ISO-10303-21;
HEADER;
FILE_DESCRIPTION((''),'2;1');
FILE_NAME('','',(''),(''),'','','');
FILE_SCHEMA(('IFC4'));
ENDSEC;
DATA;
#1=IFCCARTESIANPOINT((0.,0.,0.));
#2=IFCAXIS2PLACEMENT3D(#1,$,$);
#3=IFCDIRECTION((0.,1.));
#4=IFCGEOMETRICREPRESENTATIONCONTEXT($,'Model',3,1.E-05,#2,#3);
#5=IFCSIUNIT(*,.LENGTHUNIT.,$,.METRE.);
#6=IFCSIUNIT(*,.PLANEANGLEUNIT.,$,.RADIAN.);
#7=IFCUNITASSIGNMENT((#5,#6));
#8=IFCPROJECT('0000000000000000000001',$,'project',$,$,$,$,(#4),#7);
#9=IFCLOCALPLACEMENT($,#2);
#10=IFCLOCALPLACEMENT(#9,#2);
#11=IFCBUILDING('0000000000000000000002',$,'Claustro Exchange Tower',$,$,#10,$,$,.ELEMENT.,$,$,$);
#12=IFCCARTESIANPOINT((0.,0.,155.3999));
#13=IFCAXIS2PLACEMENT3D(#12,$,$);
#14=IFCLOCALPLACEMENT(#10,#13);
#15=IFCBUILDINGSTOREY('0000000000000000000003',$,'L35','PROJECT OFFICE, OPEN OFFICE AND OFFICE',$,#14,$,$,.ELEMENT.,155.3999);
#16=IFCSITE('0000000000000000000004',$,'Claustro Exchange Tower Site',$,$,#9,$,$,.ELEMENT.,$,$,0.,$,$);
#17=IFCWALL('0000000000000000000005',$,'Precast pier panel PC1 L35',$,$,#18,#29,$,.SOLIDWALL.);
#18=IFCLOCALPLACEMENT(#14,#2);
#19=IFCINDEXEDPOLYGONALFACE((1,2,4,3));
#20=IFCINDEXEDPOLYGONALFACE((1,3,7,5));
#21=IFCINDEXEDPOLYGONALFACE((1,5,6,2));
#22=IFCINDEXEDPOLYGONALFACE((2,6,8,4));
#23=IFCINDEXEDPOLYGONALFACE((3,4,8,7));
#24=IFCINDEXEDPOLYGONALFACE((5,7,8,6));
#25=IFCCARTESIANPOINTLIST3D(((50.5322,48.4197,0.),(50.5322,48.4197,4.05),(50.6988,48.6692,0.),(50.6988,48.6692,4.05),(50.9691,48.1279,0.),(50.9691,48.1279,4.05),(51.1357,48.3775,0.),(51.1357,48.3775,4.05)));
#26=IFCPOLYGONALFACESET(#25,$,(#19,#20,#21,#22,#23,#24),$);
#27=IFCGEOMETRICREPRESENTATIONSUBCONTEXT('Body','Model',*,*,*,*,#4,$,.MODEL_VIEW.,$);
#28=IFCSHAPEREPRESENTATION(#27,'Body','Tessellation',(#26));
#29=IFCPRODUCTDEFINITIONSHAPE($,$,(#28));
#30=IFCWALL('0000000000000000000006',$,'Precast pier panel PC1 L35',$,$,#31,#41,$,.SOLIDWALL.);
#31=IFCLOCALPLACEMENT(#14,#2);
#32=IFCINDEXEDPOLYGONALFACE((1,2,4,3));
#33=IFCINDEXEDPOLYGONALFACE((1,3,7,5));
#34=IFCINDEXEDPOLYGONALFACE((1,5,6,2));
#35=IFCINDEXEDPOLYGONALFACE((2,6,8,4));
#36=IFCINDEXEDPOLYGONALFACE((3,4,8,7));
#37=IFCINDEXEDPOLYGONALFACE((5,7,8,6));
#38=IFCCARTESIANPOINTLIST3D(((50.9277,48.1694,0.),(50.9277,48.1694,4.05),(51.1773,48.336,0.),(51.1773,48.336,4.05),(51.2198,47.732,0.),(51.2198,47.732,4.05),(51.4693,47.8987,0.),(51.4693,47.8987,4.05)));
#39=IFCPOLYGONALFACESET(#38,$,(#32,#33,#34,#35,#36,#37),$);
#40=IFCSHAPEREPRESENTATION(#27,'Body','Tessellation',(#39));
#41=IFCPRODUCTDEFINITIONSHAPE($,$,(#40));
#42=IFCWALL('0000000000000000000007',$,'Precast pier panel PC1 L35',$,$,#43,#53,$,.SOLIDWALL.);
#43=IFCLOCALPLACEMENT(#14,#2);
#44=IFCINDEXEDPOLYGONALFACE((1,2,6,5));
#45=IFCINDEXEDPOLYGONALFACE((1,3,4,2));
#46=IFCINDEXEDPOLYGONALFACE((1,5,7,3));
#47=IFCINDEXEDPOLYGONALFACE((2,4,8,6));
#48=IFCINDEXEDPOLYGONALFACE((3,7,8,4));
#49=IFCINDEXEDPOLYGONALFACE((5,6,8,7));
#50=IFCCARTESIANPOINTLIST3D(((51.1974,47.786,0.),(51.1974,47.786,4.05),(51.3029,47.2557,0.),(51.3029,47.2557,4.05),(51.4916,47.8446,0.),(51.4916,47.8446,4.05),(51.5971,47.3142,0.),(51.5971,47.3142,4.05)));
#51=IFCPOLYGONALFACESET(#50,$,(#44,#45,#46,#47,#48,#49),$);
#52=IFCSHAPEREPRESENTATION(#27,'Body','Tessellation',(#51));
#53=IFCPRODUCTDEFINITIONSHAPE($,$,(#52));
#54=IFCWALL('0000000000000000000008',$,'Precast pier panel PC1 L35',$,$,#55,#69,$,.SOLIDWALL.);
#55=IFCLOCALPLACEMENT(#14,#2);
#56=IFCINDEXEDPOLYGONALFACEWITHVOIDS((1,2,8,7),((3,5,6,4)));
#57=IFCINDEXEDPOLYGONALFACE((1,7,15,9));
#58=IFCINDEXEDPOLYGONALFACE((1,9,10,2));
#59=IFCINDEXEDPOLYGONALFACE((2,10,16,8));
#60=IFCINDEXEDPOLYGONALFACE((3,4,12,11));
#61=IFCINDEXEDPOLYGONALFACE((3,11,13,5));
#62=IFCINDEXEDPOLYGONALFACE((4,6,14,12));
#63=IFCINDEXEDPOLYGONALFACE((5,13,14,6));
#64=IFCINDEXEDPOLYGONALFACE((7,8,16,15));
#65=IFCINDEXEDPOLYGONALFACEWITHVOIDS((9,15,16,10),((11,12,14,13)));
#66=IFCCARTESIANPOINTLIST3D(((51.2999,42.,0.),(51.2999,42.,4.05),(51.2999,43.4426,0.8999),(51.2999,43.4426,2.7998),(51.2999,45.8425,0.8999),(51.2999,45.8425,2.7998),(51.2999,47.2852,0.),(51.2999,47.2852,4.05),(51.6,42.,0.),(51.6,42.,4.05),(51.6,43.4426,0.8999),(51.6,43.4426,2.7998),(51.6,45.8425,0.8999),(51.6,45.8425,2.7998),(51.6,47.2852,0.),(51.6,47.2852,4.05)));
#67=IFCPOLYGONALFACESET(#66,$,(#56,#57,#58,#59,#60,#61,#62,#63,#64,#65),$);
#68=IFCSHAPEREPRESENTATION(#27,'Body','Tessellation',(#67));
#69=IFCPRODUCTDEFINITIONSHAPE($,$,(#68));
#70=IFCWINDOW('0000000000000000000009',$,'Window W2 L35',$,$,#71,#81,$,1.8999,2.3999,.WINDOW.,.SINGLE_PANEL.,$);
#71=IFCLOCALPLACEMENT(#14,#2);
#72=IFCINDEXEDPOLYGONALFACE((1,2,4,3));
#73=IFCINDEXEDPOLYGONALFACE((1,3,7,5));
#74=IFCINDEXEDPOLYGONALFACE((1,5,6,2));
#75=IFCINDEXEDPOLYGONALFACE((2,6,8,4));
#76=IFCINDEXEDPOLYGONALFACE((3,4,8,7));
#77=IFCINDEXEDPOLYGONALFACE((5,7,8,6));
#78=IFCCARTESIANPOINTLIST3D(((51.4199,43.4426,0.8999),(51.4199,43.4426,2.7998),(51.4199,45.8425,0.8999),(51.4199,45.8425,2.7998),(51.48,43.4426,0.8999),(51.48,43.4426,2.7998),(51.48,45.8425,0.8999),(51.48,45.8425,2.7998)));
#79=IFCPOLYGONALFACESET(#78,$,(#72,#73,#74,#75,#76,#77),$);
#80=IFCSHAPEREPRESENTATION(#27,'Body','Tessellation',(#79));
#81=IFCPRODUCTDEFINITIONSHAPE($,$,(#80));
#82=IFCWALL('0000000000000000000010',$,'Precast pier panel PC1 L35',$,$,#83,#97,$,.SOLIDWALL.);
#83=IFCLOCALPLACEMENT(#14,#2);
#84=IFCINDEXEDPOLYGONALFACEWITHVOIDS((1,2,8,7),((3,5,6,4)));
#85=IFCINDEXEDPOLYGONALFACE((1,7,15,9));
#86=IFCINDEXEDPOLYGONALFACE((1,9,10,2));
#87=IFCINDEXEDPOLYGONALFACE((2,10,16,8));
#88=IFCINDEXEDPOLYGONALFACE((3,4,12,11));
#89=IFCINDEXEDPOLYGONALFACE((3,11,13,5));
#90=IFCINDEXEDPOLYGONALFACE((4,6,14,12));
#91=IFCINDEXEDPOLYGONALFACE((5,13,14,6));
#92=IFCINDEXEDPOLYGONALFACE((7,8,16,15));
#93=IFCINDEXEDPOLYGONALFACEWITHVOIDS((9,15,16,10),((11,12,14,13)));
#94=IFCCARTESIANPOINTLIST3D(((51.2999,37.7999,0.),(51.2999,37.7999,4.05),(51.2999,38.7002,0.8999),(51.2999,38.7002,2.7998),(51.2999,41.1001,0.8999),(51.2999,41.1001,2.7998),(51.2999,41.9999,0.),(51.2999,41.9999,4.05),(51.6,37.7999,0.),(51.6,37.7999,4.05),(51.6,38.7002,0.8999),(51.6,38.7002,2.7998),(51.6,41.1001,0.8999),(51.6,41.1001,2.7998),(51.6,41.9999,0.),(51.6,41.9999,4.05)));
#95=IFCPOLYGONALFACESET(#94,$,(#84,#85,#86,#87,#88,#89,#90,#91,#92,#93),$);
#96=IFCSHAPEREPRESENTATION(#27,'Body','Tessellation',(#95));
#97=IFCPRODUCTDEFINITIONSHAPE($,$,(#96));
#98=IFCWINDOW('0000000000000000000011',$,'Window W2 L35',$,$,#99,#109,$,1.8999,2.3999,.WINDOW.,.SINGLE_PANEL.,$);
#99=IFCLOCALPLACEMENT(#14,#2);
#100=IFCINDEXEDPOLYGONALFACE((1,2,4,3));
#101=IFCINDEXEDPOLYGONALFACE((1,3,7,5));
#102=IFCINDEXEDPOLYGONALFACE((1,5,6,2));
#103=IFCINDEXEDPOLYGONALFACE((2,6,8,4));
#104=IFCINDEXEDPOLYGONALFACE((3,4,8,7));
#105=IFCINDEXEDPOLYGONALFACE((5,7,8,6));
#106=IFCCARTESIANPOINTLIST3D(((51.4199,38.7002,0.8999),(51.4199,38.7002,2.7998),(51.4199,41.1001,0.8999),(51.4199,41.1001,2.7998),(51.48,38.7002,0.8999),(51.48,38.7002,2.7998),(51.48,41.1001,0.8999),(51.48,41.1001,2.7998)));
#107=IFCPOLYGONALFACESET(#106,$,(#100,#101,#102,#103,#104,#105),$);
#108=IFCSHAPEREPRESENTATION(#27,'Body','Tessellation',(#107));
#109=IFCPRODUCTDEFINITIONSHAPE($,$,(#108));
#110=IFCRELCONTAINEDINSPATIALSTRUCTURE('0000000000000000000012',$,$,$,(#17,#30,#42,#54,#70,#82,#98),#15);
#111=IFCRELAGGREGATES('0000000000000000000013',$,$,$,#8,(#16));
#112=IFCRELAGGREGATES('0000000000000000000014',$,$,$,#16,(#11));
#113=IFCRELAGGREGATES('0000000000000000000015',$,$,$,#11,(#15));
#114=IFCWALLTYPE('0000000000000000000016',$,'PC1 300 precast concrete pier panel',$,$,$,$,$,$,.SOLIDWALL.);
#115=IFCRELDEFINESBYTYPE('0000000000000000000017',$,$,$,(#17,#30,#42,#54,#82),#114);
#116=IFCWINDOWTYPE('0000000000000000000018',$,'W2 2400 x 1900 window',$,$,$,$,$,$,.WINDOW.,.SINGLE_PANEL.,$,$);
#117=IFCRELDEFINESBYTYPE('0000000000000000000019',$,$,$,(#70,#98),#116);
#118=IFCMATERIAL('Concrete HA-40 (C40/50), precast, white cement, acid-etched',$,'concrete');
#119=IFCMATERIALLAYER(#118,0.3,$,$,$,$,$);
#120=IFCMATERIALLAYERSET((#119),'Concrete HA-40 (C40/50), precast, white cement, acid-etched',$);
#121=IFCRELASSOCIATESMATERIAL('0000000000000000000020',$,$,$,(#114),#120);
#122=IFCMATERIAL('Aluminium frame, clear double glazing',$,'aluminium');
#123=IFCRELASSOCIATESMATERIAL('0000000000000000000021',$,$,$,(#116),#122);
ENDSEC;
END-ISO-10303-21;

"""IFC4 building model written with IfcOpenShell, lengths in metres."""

from ifc_helpers import new_model, si_unit, direction, frame, frame_2d, origin, place, context, subcontext, project, spatial, rectangle, extrude, material, layer, layer_set, type_object, element, fill, save


model = new_model("IFC4")

# Units and contexts
model_context = context("Model", 3, precision=1e-05, world=origin(), true_north=direction((0.0, 1.0)))
body_context = subcontext(model_context, "Body", "Model", "MODEL_VIEW")
ifc_project = project(units=[si_unit("LENGTHUNIT", "METRE"), si_unit("PLANEANGLEUNIT", "RADIAN")], contexts=[model_context])

# Site, building, storey
site_placement = place(None, origin())
site = spatial("IfcSite", under=ifc_project, at=site_placement, Name="Claustro Exchange Tower Site", CompositionType="ELEMENT", RefElevation=0.0)
building_placement = place(site_placement, origin())
building = spatial("IfcBuilding", under=site, at=building_placement, Name="Claustro Exchange Tower", CompositionType="ELEMENT")
storey_placement = place(building_placement, frame((0.0, 0.0, 155.3999)))
storey = spatial("IfcBuildingStorey", under=building, at=storey_placement, Name="L35", Description="PROJECT OFFICE, OPEN OFFICE AND OFFICE", CompositionType="ELEMENT", Elevation=155.3999)

# Shared definitions
ifc_material_1 = material(Name="Concrete HA-40 (C40/50), precast, white cement, acid-etched", Category="concrete")
ifc_layer_1 = layer(ifc_material_1, 0.3)
ifc_layer_set_1 = layer_set([ifc_layer_1], Name="Concrete HA-40 (C40/50), precast, white cement, acid-etched")
wall_type_1 = type_object("IfcWallType", Name="PC1 300 precast concrete pier panel", PredefinedType="SOLIDWALL", material=ifc_layer_set_1)

# Walls
wall_1_placement = place(storey_placement, frame((50.6155, 48.5444, 0.0), z_axis=(0.0, 0.0, 1.0), x_axis=(0.831693, -0.555236, 0.0)))
element("IfcWall", 1, at=wall_1_placement, inside=storey, type_object=wall_type_1, Name="Precast pier panel PC1 L35", PredefinedType="SOLIDWALL", context=body_context, shape_type="SweptSolid", body=[
    extrude(rectangle(XDim=0.5254, YDim=0.3, at=frame_2d((0.2627, 0.0))), origin(), (0.0, 0.0, 1.0), 4.05),
])
wall_2_placement = place(storey_placement, frame((51.0525, 48.2527, 0.0), z_axis=(0.0, 0.0, 1.0), x_axis=(0.555343, -0.831621, 0.0)))
element("IfcWall", 2, at=wall_2_placement, inside=storey, type_object=wall_type_1, Name="Precast pier panel PC1 L35", PredefinedType="SOLIDWALL", context=body_context, shape_type="SweptSolid", body=[
    extrude(rectangle(XDim=0.5259, YDim=0.3, at=frame_2d((0.2629, 0.0))), origin(), (0.0, 0.0, 1.0), 4.05),
])
wall_3_placement = place(storey_placement, frame((51.3445, 47.8154, 0.0), z_axis=(0.0, 0.0, 1.0), x_axis=(0.195074, -0.980789, 0.0)))
element("IfcWall", 3, at=wall_3_placement, inside=storey, type_object=wall_type_1, Name="Precast pier panel PC1 L35", PredefinedType="SOLIDWALL", context=body_context, shape_type="SweptSolid", body=[
    extrude(rectangle(XDim=0.5408, YDim=0.3, at=frame_2d((0.2705, 0.0))), origin(), (0.0, 0.0, 1.0), 4.05),
])

# Walls, openings, windows
wall_4_placement = place(storey_placement, frame((51.45, 47.2852, 0.0), z_axis=(0.0, 0.0, 1.0), x_axis=(0.0, -1.0, 0.0)))
wall_4 = element("IfcWall", 4, at=wall_4_placement, inside=storey, type_object=wall_type_1, Name="Precast pier panel PC1 L35", PredefinedType="SOLIDWALL", context=body_context, shape_type="SweptSolid", body=[
    extrude(rectangle(XDim=5.2852, YDim=0.3, at=frame_2d((2.6426, 0.0))), origin(), (0.0, 0.0, 1.0), 4.05),
])
opening_1_placement = place(wall_4_placement, frame((1.4426, 0.0, 0.8999)))
opening_1 = element("IfcOpeningElement", 5, at=opening_1_placement, cuts=wall_4, PredefinedType="OPENING", context=body_context, shape_type="SweptSolid", body=[
    extrude(rectangle(XDim=2.3999, YDim=1.8999, at=frame_2d((1.2, 0.95))), frame((0.0, 0.1599, 0.0), z_axis=(0.0, -1.0, 0.0), x_axis=(1.0, 0.0, 0.0)), (0.0, 0.0, 1.0), 0.3201),
])
ifc_material_2 = material(Name="Aluminium frame, clear double glazing", Category="aluminium")
window_type_1 = type_object("IfcWindowType", Name="W2 2400 x 1900 window", PartitioningType="SINGLE_PANEL", PredefinedType="WINDOW", material=ifc_material_2)
window_1_placement = place(opening_1_placement, origin())
window_1 = element("IfcWindow", 6, at=window_1_placement, inside=storey, type_object=window_type_1, Name="Window W2 L35", OverallHeight=1.8999, OverallWidth=2.3999, PartitioningType="SINGLE_PANEL", PredefinedType="WINDOW", context=body_context, shape_type="SweptSolid", body=[
    extrude(rectangle(XDim=2.3999, YDim=1.8999, at=frame_2d((1.2, 0.95))), frame((0.0, 0.03, 0.0), z_axis=(0.0, -1.0, 0.0), x_axis=(1.0, 0.0, 0.0)), (0.0, 0.0, 1.0), 0.0601),
])
fill(opening_1, window_1)
wall_5_placement = place(storey_placement, frame((51.45, 42.0, 0.0), z_axis=(0.0, 0.0, 1.0), x_axis=(0.0, -1.0, 0.0)))
wall_5 = element("IfcWall", 7, at=wall_5_placement, inside=storey, type_object=wall_type_1, Name="Precast pier panel PC1 L35", PredefinedType="SOLIDWALL", context=body_context, shape_type="SweptSolid", body=[
    extrude(rectangle(XDim=4.2, YDim=0.3, at=frame_2d((2.1001, 0.0))), origin(), (0.0, 0.0, 1.0), 4.05),
])
opening_2_placement = place(wall_5_placement, frame((0.8999, 0.0, 0.8999)))
opening_2 = element("IfcOpeningElement", 8, at=opening_2_placement, cuts=wall_5, PredefinedType="OPENING", context=body_context, shape_type="SweptSolid", body=[
    extrude(rectangle(XDim=2.3999, YDim=1.8999, at=frame_2d((1.2, 0.95))), frame((0.0, 0.1599, 0.0), z_axis=(0.0, -1.0, 0.0), x_axis=(1.0, 0.0, 0.0)), (0.0, 0.0, 1.0), 0.3201),
])
window_2_placement = place(opening_2_placement, origin())
window_2 = element("IfcWindow", 9, at=window_2_placement, inside=storey, type_object=window_type_1, Name="Window W2 L35", OverallHeight=1.8999, OverallWidth=2.3999, PartitioningType="SINGLE_PANEL", PredefinedType="WINDOW", context=body_context, shape_type="SweptSolid", body=[
    extrude(rectangle(XDim=2.3999, YDim=1.8999, at=frame_2d((1.2, 0.95))), frame((0.0, 0.03, 0.0), z_axis=(0.0, -1.0, 0.0), x_axis=(1.0, 0.0, 0.0)), (0.0, 0.0, 1.0), 0.0601),
])
fill(opening_2, window_2)

save(model, "model.ifc")
